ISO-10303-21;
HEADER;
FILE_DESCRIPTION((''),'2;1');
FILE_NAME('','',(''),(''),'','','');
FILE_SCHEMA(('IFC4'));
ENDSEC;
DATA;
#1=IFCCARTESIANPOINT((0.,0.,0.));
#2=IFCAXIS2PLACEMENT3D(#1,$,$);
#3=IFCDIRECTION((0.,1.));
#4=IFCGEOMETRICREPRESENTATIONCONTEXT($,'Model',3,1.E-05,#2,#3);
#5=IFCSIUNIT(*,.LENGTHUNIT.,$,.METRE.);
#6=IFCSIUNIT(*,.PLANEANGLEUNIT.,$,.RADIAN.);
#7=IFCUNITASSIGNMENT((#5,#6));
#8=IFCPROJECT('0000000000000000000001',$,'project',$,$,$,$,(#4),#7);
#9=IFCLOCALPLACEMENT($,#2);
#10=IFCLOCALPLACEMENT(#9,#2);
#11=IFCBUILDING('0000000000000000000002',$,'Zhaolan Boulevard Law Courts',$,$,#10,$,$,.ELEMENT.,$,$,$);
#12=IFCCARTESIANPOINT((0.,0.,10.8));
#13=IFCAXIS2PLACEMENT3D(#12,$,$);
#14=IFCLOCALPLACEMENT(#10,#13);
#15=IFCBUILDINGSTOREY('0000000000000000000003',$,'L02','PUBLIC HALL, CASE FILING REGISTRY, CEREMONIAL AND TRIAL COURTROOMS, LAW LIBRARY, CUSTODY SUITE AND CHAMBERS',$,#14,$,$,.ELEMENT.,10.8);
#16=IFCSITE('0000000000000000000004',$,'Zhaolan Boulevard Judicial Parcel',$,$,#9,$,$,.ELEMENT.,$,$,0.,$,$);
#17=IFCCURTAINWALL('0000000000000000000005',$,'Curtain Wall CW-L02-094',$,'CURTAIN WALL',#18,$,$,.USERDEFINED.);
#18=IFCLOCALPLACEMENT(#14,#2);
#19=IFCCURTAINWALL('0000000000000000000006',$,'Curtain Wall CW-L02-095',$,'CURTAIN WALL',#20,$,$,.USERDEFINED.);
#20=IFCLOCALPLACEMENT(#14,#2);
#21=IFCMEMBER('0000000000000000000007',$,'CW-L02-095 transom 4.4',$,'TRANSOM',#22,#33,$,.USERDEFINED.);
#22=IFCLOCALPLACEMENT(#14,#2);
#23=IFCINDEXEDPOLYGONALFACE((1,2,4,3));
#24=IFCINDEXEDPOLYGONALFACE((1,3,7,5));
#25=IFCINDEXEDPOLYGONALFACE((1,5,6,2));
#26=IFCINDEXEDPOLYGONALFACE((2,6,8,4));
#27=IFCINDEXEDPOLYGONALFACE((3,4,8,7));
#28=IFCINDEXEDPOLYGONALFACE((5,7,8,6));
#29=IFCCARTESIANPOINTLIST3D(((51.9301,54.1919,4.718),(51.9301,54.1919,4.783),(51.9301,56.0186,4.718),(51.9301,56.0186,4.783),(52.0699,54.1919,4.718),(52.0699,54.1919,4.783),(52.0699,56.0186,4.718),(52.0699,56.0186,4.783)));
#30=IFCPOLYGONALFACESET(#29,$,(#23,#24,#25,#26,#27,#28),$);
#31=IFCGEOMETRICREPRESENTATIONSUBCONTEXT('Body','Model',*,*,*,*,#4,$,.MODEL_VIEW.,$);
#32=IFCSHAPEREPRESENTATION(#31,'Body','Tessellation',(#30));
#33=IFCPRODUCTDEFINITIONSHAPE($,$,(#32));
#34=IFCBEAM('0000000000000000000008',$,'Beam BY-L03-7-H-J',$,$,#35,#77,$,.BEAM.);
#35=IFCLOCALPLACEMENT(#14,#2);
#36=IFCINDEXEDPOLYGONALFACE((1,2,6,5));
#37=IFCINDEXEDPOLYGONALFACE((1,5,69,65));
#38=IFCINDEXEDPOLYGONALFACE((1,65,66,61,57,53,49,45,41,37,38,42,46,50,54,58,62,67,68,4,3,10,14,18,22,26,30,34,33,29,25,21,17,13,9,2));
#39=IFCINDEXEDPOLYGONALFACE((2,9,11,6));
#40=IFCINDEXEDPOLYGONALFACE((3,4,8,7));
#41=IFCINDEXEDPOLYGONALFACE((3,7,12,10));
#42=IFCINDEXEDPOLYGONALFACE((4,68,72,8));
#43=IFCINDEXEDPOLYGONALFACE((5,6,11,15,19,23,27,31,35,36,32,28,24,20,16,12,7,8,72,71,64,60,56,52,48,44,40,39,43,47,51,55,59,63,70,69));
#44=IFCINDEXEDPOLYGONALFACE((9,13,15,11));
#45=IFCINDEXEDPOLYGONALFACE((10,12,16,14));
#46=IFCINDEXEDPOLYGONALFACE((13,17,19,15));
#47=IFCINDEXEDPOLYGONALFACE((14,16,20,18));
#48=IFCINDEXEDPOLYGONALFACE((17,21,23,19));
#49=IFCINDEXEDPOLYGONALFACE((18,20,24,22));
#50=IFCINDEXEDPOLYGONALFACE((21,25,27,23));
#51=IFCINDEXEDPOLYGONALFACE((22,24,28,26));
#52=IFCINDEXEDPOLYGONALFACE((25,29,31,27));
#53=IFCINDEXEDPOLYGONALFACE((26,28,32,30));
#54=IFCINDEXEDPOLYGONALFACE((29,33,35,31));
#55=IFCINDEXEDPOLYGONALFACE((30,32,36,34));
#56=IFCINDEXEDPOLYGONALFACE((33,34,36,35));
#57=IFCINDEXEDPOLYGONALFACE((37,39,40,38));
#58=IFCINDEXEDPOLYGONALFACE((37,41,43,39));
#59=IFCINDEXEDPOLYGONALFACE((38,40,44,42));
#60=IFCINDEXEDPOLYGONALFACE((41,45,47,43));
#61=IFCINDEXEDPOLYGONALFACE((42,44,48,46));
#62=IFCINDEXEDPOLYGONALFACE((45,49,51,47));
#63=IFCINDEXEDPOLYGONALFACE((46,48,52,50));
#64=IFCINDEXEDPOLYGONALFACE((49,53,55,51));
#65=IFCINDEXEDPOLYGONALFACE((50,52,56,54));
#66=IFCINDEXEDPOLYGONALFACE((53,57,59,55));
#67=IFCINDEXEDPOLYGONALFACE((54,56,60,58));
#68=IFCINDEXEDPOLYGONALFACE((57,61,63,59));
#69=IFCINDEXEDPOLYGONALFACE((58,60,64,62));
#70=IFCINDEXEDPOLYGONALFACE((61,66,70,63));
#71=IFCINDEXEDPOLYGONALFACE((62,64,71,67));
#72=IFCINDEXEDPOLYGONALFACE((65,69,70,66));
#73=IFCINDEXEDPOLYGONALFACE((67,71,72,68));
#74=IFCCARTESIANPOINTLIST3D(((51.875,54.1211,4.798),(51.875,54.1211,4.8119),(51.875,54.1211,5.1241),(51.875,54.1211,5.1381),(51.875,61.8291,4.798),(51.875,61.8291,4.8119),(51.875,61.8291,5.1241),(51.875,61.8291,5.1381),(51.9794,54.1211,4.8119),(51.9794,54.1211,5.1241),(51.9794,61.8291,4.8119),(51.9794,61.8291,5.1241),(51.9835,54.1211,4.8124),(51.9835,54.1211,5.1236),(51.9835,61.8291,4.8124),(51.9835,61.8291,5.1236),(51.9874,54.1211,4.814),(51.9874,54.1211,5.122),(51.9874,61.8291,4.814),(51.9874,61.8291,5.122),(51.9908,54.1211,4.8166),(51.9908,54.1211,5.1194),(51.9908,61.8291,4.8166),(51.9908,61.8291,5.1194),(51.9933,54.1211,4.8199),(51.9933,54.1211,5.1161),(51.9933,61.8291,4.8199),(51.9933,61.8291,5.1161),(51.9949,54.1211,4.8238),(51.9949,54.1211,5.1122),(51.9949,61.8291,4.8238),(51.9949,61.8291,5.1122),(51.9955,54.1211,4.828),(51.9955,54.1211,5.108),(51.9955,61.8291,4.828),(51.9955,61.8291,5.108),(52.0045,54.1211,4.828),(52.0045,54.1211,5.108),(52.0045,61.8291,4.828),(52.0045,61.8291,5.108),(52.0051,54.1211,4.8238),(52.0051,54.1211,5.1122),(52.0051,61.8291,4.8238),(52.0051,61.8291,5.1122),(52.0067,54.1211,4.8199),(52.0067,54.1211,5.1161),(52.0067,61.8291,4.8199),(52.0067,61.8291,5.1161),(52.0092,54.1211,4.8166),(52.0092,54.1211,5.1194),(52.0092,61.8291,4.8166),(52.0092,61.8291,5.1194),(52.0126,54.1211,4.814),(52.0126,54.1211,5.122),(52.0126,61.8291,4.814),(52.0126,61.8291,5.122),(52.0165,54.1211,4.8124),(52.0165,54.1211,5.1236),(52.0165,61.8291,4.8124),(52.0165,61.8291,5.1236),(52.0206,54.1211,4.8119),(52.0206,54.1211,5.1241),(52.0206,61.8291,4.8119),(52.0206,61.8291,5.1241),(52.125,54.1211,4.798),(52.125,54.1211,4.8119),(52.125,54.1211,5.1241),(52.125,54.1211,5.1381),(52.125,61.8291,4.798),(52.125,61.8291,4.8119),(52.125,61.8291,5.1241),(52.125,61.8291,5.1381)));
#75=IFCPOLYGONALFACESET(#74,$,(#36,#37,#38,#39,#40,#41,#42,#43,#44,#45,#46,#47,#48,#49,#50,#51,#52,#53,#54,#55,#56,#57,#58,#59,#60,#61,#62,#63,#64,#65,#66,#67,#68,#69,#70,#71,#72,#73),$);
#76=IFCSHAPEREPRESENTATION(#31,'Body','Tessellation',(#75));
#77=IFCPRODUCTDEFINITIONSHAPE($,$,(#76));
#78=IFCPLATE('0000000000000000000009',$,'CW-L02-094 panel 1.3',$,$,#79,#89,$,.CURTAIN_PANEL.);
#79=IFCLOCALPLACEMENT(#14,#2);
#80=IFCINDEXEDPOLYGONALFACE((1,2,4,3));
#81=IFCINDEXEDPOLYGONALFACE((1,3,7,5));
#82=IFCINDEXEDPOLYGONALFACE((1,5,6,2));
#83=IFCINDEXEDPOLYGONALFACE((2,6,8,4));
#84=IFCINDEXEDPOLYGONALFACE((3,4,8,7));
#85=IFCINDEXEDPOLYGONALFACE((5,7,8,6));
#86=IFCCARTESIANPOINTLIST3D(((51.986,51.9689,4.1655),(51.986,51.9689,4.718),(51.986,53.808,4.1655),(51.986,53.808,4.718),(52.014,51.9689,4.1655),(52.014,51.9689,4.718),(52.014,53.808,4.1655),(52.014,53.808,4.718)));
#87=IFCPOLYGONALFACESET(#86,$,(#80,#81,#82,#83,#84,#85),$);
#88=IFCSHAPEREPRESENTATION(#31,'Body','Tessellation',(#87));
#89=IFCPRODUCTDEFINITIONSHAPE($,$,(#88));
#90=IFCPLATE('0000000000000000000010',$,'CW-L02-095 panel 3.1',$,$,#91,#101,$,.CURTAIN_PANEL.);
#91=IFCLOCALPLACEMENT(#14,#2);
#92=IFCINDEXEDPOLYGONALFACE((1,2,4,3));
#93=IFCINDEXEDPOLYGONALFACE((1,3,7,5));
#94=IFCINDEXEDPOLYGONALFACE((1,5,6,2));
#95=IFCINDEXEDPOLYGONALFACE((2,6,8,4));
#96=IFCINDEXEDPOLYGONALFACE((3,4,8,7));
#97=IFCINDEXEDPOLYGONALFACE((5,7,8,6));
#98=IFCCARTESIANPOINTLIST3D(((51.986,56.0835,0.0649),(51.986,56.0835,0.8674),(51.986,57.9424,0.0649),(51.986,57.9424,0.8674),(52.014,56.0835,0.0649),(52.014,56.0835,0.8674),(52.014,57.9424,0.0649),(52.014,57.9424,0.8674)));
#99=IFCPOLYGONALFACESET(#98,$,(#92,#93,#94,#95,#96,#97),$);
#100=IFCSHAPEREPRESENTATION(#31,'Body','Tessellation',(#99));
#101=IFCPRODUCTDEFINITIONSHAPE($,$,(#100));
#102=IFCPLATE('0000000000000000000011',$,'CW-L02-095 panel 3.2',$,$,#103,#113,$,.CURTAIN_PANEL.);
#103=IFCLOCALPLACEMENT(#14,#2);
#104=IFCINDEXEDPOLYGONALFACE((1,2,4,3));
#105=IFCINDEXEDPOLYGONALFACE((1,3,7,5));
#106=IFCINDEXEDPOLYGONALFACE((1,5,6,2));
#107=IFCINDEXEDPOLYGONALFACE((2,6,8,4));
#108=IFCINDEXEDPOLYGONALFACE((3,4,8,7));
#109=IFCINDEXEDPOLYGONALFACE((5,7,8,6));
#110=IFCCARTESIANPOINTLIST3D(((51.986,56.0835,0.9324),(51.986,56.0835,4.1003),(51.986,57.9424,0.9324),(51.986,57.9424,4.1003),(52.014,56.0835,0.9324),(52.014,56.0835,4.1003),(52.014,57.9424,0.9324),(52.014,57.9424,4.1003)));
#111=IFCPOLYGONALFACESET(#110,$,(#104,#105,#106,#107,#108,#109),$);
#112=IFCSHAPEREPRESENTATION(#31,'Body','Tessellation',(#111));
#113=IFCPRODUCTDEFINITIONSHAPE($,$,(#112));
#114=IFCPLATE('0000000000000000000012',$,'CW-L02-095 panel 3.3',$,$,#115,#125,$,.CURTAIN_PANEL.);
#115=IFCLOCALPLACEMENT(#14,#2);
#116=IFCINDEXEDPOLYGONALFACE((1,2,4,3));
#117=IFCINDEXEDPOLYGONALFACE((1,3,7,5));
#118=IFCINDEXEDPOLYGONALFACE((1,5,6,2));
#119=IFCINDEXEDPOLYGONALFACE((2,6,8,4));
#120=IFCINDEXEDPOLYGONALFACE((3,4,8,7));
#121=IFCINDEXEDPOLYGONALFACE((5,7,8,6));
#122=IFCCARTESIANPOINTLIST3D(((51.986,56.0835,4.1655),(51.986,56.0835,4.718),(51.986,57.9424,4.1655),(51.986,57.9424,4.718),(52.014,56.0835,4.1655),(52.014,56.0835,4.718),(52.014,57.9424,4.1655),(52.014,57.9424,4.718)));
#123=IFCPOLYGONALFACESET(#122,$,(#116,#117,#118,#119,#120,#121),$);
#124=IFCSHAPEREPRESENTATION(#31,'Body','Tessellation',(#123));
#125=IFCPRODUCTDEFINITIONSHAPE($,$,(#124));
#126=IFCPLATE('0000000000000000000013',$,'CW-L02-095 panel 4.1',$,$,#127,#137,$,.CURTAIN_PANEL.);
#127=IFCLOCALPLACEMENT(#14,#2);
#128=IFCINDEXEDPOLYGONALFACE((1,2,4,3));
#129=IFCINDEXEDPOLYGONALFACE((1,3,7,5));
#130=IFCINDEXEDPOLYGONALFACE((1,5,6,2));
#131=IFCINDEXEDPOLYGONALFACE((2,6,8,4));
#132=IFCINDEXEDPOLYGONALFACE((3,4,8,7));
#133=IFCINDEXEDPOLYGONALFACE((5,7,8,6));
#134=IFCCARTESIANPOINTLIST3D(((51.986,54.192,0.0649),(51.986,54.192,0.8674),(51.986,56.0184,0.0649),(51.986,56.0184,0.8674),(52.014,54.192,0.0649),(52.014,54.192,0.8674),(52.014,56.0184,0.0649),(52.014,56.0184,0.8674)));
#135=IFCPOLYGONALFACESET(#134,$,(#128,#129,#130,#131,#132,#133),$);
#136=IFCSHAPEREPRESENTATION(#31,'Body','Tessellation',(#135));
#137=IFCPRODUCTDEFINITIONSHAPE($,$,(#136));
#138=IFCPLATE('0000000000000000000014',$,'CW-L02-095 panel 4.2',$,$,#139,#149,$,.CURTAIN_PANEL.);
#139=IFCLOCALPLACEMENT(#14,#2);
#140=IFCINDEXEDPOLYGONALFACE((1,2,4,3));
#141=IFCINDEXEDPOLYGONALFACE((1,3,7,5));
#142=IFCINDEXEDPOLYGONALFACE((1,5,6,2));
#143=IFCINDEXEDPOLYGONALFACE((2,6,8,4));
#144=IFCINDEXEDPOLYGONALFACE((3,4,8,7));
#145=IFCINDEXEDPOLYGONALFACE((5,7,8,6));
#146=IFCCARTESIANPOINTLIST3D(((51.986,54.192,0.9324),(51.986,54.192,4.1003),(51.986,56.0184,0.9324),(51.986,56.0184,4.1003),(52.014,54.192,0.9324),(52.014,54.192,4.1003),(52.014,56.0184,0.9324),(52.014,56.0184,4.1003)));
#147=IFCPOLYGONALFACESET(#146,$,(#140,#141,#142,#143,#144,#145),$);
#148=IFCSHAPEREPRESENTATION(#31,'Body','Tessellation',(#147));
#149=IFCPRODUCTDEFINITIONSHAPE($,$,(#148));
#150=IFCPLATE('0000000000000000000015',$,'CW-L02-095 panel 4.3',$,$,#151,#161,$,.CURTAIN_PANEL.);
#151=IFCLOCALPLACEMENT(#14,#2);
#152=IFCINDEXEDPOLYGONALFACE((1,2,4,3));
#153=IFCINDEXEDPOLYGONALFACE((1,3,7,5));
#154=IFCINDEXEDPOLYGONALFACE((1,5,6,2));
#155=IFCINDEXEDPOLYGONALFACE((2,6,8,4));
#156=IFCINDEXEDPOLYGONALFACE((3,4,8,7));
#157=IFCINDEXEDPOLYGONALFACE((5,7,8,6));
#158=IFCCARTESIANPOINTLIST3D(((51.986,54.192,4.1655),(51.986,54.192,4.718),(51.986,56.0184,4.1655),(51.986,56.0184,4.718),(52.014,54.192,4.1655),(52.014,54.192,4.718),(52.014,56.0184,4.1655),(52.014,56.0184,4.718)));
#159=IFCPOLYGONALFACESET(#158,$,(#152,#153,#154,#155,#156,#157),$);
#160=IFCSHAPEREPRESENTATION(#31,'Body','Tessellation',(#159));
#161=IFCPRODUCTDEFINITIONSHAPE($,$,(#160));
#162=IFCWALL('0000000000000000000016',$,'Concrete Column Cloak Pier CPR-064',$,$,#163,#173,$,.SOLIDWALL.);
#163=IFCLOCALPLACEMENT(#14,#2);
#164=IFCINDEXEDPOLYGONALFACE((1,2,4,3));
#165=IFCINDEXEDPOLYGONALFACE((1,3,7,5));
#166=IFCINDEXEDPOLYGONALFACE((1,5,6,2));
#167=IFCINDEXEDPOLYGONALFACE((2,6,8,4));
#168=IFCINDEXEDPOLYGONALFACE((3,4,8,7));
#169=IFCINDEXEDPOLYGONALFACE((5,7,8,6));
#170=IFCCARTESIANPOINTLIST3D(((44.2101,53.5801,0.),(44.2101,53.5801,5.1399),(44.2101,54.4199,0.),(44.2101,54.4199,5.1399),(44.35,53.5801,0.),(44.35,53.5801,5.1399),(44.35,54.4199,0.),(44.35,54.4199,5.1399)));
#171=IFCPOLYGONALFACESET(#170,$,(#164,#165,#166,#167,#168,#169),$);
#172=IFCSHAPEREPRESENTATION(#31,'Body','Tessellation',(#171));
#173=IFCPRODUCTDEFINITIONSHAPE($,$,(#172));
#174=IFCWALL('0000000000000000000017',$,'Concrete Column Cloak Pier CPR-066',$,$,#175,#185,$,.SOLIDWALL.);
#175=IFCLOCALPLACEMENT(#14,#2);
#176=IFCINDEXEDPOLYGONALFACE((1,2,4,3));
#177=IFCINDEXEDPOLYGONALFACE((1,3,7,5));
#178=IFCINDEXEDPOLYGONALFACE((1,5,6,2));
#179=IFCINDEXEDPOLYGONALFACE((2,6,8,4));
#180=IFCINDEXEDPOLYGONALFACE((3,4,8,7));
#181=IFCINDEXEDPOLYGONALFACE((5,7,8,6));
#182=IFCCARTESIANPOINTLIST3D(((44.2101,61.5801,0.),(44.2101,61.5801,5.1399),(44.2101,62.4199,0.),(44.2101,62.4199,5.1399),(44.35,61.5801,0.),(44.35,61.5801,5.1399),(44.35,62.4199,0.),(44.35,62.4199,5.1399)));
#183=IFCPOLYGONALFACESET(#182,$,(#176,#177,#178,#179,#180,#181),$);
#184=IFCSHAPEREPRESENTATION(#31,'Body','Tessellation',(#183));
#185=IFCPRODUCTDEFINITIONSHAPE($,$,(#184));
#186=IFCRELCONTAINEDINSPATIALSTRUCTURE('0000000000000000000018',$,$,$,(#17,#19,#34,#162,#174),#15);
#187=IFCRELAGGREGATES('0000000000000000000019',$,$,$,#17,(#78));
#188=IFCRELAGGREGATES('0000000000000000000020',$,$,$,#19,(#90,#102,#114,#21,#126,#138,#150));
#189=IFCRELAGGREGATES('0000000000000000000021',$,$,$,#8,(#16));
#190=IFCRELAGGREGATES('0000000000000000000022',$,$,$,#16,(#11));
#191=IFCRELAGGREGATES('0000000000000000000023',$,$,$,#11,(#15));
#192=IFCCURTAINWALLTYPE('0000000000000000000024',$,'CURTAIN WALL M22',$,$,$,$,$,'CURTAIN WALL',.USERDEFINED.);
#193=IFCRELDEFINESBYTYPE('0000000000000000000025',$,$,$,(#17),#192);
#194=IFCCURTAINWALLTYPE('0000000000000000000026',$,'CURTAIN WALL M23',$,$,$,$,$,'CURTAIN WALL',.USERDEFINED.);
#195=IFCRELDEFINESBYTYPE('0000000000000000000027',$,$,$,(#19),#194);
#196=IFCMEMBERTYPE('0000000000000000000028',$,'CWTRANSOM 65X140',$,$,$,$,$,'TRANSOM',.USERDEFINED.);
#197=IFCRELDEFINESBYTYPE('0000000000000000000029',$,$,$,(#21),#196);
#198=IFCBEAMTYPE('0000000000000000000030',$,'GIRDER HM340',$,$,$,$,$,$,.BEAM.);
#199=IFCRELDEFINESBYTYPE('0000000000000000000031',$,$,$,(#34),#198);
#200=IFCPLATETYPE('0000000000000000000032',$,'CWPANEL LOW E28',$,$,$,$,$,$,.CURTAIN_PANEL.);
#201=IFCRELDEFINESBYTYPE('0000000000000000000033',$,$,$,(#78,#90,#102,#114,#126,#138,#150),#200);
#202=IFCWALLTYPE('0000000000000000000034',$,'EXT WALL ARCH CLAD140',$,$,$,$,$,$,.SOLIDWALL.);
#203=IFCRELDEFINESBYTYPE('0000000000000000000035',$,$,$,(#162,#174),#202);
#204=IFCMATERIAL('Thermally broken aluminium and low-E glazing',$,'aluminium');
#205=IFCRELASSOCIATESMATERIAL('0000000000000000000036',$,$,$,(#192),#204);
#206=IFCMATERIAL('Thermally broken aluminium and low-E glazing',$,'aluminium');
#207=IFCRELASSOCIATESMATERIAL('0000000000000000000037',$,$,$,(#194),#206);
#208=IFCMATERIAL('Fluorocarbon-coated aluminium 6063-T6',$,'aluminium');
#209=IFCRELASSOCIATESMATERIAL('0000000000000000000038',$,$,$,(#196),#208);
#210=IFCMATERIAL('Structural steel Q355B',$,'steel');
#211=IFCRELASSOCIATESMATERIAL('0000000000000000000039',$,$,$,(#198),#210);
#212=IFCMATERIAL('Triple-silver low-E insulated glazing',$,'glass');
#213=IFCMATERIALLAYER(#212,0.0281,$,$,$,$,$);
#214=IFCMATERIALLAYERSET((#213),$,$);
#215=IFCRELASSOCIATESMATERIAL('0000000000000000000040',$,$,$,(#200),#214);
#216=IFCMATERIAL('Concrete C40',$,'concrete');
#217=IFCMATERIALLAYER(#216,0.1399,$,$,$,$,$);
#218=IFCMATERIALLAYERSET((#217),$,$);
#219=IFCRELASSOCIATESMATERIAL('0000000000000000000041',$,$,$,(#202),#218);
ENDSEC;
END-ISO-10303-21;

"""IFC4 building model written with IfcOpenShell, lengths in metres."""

from ifc_helpers import new_model, si_unit, direction, frame, frame_2d, origin, origin_2d, place, context, subcontext, project, spatial, rectangle, i_section, extrude, material, layer, layer_set, material_profile, profile_set, type_object, element, aggregate, save


model = new_model("IFC4")

# Units and contexts
model_context = context("Model", 3, precision=1e-05, world=origin(), true_north=direction((0.0, 1.0)))
body_context = subcontext(model_context, "Body", "Model", "MODEL_VIEW")
ifc_project = project(units=[si_unit("LENGTHUNIT", "METRE"), si_unit("PLANEANGLEUNIT", "RADIAN")], contexts=[model_context])

# Site, building, storey
site_placement = place(None, origin())
site = spatial("IfcSite", under=ifc_project, at=site_placement, Name="Zhaolan Boulevard Judicial Parcel", CompositionType="ELEMENT", RefElevation=0.0)
building_placement = place(site_placement, origin())
building = spatial("IfcBuilding", under=site, at=building_placement, Name="Zhaolan Boulevard Law Courts", CompositionType="ELEMENT")
storey_placement = place(building_placement, frame((0.0, 0.0, 10.8)))
storey = spatial("IfcBuildingStorey", under=building, at=storey_placement, Name="L02", Description="PUBLIC HALL, CASE FILING REGISTRY, CEREMONIAL AND TRIAL COURTROOMS, LAW LIBRARY, CUSTODY SUITE AND CHAMBERS", CompositionType="ELEMENT", Elevation=10.8)

# Curtain wall
ifc_material_1 = material(Name="Thermally broken aluminium and low-E glazing", Category="aluminium")
curtain_wall_type_1 = type_object("IfcCurtainWallType", Name="CURTAIN WALL M22", ElementType="CURTAIN WALL", PredefinedType="USERDEFINED", material=ifc_material_1)
curtain_wall_1_placement = place(storey_placement, origin())
curtain_wall_1 = element("IfcCurtainWall", 1, at=curtain_wall_1_placement, inside=storey, type_object=curtain_wall_type_1, Name="Curtain Wall CW-L02-094", ObjectType="CURTAIN WALL", PredefinedType="USERDEFINED")

# Curtain wall
ifc_material_2 = material(Name="Thermally broken aluminium and low-E glazing", Category="aluminium")
curtain_wall_type_2 = type_object("IfcCurtainWallType", Name="CURTAIN WALL M23", ElementType="CURTAIN WALL", PredefinedType="USERDEFINED", material=ifc_material_2)
curtain_wall_2_placement = place(storey_placement, origin())
curtain_wall_2 = element("IfcCurtainWall", 2, at=curtain_wall_2_placement, inside=storey, type_object=curtain_wall_type_2, Name="Curtain Wall CW-L02-095", ObjectType="CURTAIN WALL", PredefinedType="USERDEFINED")

# Member
ifc_material_3 = material(Name="Fluorocarbon-coated aluminium 6063-T6", Category="aluminium")
ifc_material_profile_1 = material_profile(ifc_material_3, rectangle(XDim=0.1399, YDim=0.0649, at=origin_2d()), Name="AL65x140")
ifc_profile_set_1 = profile_set([ifc_material_profile_1], Name="Fluorocarbon-coated aluminium 6063-T6")
member_type_1 = type_object("IfcMemberType", Name="CWTRANSOM 65X140", ElementType="TRANSOM", PredefinedType="USERDEFINED", material=ifc_profile_set_1)
member_1_placement = place(storey_placement, frame((52.0, 56.0186, 4.7505), z_axis=(0.0, -1.0, 0.0), x_axis=(1.0, 0.0, 0.0)))
member_1 = element("IfcMember", 3, at=member_1_placement, type_object=member_type_1, Name="CW-L02-095 transom 4.4", ObjectType="TRANSOM", PredefinedType="USERDEFINED", context=body_context, shape_type="SweptSolid", body=[
    extrude(rectangle(XDim=0.1399, YDim=0.0649, at=origin_2d()), origin(), (0.0, 0.0, 1.0), 1.8267),
])

# Beam
ifc_material_4 = material(Name="Structural steel Q355B", Category="steel")
ifc_material_profile_2 = material_profile(ifc_material_4, i_section(OverallWidth=0.25, OverallDepth=0.3401, WebThickness=0.009, FlangeThickness=0.0139, FilletRadius=0.0161, at=origin_2d()), Name="HM340x250")
ifc_profile_set_2 = profile_set([ifc_material_profile_2], Name="Structural steel Q355B")
beam_type = type_object("IfcBeamType", Name="GIRDER HM340", PredefinedType="BEAM", material=ifc_profile_set_2)
beam_placement = place(storey_placement, frame((52.0, 54.1211, 4.968), z_axis=(0.0, 1.0, 0.0), x_axis=(-1.0, 0.0, 0.0)))
element("IfcBeam", 4, at=beam_placement, inside=storey, type_object=beam_type, Name="Beam BY-L03-7-H-J", PredefinedType="BEAM", context=body_context, shape_type="SweptSolid", body=[
    extrude(i_section(OverallWidth=0.25, OverallDepth=0.3401, WebThickness=0.009, FlangeThickness=0.0139, FilletRadius=0.0161, at=origin_2d()), origin(), (0.0, 0.0, 1.0), 7.708),
])

# Plates
ifc_material_5 = material(Name="Triple-silver low-E insulated glazing", Category="glass")
ifc_layer_1 = layer(ifc_material_5, 0.0281)
ifc_layer_set_1 = layer_set([ifc_layer_1])
plate_type = type_object("IfcPlateType", Name="CWPANEL LOW E28", PredefinedType="CURTAIN_PANEL", material=ifc_layer_set_1)
plate_1_placement = place(storey_placement, frame((52.0, 52.8884, 4.1655), z_axis=(0.0, 0.0, 1.0), x_axis=(0.0, -1.0, 0.0)))
plate_1 = element("IfcPlate", 5, at=plate_1_placement, type_object=plate_type, Name="CW-L02-094 panel 1.3", PredefinedType="CURTAIN_PANEL", context=body_context, shape_type="SweptSolid", body=[
    extrude(rectangle(XDim=1.8391, YDim=0.0281, at=origin_2d()), origin(), (0.0, 0.0, 1.0), 0.5525),
])
aggregate(curtain_wall_1, [plate_1])
plate_2_placement = place(storey_placement, frame((52.0, 57.0129, 0.0649), z_axis=(0.0, 0.0, 1.0), x_axis=(0.0, -1.0, 0.0)))
plate_2 = element("IfcPlate", 6, at=plate_2_placement, type_object=plate_type, Name="CW-L02-095 panel 3.1", PredefinedType="CURTAIN_PANEL", context=body_context, shape_type="SweptSolid", body=[
    extrude(rectangle(XDim=1.8589, YDim=0.0281, at=origin_2d()), origin(), (0.0, 0.0, 1.0), 0.8025),
])
plate_3_placement = place(storey_placement, frame((52.0, 57.0129, 0.9324), z_axis=(0.0, 0.0, 1.0), x_axis=(0.0, -1.0, 0.0)))
plate_3 = element("IfcPlate", 7, at=plate_3_placement, type_object=plate_type, Name="CW-L02-095 panel 3.2", PredefinedType="CURTAIN_PANEL", context=body_context, shape_type="SweptSolid", body=[
    extrude(rectangle(XDim=1.8589, YDim=0.0281, at=origin_2d()), origin(), (0.0, 0.0, 1.0), 3.168),
])
plate_4_placement = place(storey_placement, frame((52.0, 57.0129, 4.1655), z_axis=(0.0, 0.0, 1.0), x_axis=(0.0, -1.0, 0.0)))
plate_4 = element("IfcPlate", 8, at=plate_4_placement, type_object=plate_type, Name="CW-L02-095 panel 3.3", PredefinedType="CURTAIN_PANEL", context=body_context, shape_type="SweptSolid", body=[
    extrude(rectangle(XDim=1.8589, YDim=0.0281, at=origin_2d()), origin(), (0.0, 0.0, 1.0), 0.5525),
])
plate_5_placement = place(storey_placement, frame((52.0, 55.1052, 0.0649), z_axis=(0.0, 0.0, 1.0), x_axis=(0.0, -1.0, 0.0)))
plate_5 = element("IfcPlate", 9, at=plate_5_placement, type_object=plate_type, Name="CW-L02-095 panel 4.1", PredefinedType="CURTAIN_PANEL", context=body_context, shape_type="SweptSolid", body=[
    extrude(rectangle(XDim=1.8264, YDim=0.0281, at=origin_2d()), origin(), (0.0, 0.0, 1.0), 0.8025),
])
plate_6_placement = place(storey_placement, frame((52.0, 55.1052, 0.9324), z_axis=(0.0, 0.0, 1.0), x_axis=(0.0, -1.0, 0.0)))
plate_6 = element("IfcPlate", 10, at=plate_6_placement, type_object=plate_type, Name="CW-L02-095 panel 4.2", PredefinedType="CURTAIN_PANEL", context=body_context, shape_type="SweptSolid", body=[
    extrude(rectangle(XDim=1.8264, YDim=0.0281, at=origin_2d()), origin(), (0.0, 0.0, 1.0), 3.168),
])
plate_7_placement = place(storey_placement, frame((52.0, 55.1052, 4.1655), z_axis=(0.0, 0.0, 1.0), x_axis=(0.0, -1.0, 0.0)))
plate_7 = element("IfcPlate", 11, at=plate_7_placement, type_object=plate_type, Name="CW-L02-095 panel 4.3", PredefinedType="CURTAIN_PANEL", context=body_context, shape_type="SweptSolid", body=[
    extrude(rectangle(XDim=1.8264, YDim=0.0281, at=origin_2d()), origin(), (0.0, 0.0, 1.0), 0.5525),
])
aggregate(curtain_wall_2, [plate_2, plate_3, plate_4, member_1, plate_5, plate_6, plate_7])

# Walls
ifc_material_6 = material(Name="Concrete C40", Category="concrete")
ifc_layer_2 = layer(ifc_material_6, 0.1399)
ifc_layer_set_2 = layer_set([ifc_layer_2])
wall_type = type_object("IfcWallType", Name="EXT WALL ARCH CLAD140", PredefinedType="SOLIDWALL", material=ifc_layer_set_2)
for number, where, z_axis, x_axis, name in (
    (12, (44.28, 53.5801, 0.0), (0.0, 0.0, 1.0), (0.0, 1.0, 0.0), "Concrete Column Cloak Pier CPR-064"),
    (13, (44.28, 61.5801, 0.0), (0.0, 0.0, 1.0), (0.0, 1.0, 0.0), "Concrete Column Cloak Pier CPR-066"),
):
    element("IfcWall", number, at=place(storey_placement, frame(where, z_axis=z_axis, x_axis=x_axis)), inside=storey, type_object=wall_type, Name=name, PredefinedType="SOLIDWALL", context=body_context, shape_type="SweptSolid", body=[
        extrude(rectangle(XDim=0.8398, YDim=0.1399, at=frame_2d((0.4199, 0.0))), origin(), (0.0, 0.0, 1.0), 5.1399),
    ])

save(model, "model.ifc")
